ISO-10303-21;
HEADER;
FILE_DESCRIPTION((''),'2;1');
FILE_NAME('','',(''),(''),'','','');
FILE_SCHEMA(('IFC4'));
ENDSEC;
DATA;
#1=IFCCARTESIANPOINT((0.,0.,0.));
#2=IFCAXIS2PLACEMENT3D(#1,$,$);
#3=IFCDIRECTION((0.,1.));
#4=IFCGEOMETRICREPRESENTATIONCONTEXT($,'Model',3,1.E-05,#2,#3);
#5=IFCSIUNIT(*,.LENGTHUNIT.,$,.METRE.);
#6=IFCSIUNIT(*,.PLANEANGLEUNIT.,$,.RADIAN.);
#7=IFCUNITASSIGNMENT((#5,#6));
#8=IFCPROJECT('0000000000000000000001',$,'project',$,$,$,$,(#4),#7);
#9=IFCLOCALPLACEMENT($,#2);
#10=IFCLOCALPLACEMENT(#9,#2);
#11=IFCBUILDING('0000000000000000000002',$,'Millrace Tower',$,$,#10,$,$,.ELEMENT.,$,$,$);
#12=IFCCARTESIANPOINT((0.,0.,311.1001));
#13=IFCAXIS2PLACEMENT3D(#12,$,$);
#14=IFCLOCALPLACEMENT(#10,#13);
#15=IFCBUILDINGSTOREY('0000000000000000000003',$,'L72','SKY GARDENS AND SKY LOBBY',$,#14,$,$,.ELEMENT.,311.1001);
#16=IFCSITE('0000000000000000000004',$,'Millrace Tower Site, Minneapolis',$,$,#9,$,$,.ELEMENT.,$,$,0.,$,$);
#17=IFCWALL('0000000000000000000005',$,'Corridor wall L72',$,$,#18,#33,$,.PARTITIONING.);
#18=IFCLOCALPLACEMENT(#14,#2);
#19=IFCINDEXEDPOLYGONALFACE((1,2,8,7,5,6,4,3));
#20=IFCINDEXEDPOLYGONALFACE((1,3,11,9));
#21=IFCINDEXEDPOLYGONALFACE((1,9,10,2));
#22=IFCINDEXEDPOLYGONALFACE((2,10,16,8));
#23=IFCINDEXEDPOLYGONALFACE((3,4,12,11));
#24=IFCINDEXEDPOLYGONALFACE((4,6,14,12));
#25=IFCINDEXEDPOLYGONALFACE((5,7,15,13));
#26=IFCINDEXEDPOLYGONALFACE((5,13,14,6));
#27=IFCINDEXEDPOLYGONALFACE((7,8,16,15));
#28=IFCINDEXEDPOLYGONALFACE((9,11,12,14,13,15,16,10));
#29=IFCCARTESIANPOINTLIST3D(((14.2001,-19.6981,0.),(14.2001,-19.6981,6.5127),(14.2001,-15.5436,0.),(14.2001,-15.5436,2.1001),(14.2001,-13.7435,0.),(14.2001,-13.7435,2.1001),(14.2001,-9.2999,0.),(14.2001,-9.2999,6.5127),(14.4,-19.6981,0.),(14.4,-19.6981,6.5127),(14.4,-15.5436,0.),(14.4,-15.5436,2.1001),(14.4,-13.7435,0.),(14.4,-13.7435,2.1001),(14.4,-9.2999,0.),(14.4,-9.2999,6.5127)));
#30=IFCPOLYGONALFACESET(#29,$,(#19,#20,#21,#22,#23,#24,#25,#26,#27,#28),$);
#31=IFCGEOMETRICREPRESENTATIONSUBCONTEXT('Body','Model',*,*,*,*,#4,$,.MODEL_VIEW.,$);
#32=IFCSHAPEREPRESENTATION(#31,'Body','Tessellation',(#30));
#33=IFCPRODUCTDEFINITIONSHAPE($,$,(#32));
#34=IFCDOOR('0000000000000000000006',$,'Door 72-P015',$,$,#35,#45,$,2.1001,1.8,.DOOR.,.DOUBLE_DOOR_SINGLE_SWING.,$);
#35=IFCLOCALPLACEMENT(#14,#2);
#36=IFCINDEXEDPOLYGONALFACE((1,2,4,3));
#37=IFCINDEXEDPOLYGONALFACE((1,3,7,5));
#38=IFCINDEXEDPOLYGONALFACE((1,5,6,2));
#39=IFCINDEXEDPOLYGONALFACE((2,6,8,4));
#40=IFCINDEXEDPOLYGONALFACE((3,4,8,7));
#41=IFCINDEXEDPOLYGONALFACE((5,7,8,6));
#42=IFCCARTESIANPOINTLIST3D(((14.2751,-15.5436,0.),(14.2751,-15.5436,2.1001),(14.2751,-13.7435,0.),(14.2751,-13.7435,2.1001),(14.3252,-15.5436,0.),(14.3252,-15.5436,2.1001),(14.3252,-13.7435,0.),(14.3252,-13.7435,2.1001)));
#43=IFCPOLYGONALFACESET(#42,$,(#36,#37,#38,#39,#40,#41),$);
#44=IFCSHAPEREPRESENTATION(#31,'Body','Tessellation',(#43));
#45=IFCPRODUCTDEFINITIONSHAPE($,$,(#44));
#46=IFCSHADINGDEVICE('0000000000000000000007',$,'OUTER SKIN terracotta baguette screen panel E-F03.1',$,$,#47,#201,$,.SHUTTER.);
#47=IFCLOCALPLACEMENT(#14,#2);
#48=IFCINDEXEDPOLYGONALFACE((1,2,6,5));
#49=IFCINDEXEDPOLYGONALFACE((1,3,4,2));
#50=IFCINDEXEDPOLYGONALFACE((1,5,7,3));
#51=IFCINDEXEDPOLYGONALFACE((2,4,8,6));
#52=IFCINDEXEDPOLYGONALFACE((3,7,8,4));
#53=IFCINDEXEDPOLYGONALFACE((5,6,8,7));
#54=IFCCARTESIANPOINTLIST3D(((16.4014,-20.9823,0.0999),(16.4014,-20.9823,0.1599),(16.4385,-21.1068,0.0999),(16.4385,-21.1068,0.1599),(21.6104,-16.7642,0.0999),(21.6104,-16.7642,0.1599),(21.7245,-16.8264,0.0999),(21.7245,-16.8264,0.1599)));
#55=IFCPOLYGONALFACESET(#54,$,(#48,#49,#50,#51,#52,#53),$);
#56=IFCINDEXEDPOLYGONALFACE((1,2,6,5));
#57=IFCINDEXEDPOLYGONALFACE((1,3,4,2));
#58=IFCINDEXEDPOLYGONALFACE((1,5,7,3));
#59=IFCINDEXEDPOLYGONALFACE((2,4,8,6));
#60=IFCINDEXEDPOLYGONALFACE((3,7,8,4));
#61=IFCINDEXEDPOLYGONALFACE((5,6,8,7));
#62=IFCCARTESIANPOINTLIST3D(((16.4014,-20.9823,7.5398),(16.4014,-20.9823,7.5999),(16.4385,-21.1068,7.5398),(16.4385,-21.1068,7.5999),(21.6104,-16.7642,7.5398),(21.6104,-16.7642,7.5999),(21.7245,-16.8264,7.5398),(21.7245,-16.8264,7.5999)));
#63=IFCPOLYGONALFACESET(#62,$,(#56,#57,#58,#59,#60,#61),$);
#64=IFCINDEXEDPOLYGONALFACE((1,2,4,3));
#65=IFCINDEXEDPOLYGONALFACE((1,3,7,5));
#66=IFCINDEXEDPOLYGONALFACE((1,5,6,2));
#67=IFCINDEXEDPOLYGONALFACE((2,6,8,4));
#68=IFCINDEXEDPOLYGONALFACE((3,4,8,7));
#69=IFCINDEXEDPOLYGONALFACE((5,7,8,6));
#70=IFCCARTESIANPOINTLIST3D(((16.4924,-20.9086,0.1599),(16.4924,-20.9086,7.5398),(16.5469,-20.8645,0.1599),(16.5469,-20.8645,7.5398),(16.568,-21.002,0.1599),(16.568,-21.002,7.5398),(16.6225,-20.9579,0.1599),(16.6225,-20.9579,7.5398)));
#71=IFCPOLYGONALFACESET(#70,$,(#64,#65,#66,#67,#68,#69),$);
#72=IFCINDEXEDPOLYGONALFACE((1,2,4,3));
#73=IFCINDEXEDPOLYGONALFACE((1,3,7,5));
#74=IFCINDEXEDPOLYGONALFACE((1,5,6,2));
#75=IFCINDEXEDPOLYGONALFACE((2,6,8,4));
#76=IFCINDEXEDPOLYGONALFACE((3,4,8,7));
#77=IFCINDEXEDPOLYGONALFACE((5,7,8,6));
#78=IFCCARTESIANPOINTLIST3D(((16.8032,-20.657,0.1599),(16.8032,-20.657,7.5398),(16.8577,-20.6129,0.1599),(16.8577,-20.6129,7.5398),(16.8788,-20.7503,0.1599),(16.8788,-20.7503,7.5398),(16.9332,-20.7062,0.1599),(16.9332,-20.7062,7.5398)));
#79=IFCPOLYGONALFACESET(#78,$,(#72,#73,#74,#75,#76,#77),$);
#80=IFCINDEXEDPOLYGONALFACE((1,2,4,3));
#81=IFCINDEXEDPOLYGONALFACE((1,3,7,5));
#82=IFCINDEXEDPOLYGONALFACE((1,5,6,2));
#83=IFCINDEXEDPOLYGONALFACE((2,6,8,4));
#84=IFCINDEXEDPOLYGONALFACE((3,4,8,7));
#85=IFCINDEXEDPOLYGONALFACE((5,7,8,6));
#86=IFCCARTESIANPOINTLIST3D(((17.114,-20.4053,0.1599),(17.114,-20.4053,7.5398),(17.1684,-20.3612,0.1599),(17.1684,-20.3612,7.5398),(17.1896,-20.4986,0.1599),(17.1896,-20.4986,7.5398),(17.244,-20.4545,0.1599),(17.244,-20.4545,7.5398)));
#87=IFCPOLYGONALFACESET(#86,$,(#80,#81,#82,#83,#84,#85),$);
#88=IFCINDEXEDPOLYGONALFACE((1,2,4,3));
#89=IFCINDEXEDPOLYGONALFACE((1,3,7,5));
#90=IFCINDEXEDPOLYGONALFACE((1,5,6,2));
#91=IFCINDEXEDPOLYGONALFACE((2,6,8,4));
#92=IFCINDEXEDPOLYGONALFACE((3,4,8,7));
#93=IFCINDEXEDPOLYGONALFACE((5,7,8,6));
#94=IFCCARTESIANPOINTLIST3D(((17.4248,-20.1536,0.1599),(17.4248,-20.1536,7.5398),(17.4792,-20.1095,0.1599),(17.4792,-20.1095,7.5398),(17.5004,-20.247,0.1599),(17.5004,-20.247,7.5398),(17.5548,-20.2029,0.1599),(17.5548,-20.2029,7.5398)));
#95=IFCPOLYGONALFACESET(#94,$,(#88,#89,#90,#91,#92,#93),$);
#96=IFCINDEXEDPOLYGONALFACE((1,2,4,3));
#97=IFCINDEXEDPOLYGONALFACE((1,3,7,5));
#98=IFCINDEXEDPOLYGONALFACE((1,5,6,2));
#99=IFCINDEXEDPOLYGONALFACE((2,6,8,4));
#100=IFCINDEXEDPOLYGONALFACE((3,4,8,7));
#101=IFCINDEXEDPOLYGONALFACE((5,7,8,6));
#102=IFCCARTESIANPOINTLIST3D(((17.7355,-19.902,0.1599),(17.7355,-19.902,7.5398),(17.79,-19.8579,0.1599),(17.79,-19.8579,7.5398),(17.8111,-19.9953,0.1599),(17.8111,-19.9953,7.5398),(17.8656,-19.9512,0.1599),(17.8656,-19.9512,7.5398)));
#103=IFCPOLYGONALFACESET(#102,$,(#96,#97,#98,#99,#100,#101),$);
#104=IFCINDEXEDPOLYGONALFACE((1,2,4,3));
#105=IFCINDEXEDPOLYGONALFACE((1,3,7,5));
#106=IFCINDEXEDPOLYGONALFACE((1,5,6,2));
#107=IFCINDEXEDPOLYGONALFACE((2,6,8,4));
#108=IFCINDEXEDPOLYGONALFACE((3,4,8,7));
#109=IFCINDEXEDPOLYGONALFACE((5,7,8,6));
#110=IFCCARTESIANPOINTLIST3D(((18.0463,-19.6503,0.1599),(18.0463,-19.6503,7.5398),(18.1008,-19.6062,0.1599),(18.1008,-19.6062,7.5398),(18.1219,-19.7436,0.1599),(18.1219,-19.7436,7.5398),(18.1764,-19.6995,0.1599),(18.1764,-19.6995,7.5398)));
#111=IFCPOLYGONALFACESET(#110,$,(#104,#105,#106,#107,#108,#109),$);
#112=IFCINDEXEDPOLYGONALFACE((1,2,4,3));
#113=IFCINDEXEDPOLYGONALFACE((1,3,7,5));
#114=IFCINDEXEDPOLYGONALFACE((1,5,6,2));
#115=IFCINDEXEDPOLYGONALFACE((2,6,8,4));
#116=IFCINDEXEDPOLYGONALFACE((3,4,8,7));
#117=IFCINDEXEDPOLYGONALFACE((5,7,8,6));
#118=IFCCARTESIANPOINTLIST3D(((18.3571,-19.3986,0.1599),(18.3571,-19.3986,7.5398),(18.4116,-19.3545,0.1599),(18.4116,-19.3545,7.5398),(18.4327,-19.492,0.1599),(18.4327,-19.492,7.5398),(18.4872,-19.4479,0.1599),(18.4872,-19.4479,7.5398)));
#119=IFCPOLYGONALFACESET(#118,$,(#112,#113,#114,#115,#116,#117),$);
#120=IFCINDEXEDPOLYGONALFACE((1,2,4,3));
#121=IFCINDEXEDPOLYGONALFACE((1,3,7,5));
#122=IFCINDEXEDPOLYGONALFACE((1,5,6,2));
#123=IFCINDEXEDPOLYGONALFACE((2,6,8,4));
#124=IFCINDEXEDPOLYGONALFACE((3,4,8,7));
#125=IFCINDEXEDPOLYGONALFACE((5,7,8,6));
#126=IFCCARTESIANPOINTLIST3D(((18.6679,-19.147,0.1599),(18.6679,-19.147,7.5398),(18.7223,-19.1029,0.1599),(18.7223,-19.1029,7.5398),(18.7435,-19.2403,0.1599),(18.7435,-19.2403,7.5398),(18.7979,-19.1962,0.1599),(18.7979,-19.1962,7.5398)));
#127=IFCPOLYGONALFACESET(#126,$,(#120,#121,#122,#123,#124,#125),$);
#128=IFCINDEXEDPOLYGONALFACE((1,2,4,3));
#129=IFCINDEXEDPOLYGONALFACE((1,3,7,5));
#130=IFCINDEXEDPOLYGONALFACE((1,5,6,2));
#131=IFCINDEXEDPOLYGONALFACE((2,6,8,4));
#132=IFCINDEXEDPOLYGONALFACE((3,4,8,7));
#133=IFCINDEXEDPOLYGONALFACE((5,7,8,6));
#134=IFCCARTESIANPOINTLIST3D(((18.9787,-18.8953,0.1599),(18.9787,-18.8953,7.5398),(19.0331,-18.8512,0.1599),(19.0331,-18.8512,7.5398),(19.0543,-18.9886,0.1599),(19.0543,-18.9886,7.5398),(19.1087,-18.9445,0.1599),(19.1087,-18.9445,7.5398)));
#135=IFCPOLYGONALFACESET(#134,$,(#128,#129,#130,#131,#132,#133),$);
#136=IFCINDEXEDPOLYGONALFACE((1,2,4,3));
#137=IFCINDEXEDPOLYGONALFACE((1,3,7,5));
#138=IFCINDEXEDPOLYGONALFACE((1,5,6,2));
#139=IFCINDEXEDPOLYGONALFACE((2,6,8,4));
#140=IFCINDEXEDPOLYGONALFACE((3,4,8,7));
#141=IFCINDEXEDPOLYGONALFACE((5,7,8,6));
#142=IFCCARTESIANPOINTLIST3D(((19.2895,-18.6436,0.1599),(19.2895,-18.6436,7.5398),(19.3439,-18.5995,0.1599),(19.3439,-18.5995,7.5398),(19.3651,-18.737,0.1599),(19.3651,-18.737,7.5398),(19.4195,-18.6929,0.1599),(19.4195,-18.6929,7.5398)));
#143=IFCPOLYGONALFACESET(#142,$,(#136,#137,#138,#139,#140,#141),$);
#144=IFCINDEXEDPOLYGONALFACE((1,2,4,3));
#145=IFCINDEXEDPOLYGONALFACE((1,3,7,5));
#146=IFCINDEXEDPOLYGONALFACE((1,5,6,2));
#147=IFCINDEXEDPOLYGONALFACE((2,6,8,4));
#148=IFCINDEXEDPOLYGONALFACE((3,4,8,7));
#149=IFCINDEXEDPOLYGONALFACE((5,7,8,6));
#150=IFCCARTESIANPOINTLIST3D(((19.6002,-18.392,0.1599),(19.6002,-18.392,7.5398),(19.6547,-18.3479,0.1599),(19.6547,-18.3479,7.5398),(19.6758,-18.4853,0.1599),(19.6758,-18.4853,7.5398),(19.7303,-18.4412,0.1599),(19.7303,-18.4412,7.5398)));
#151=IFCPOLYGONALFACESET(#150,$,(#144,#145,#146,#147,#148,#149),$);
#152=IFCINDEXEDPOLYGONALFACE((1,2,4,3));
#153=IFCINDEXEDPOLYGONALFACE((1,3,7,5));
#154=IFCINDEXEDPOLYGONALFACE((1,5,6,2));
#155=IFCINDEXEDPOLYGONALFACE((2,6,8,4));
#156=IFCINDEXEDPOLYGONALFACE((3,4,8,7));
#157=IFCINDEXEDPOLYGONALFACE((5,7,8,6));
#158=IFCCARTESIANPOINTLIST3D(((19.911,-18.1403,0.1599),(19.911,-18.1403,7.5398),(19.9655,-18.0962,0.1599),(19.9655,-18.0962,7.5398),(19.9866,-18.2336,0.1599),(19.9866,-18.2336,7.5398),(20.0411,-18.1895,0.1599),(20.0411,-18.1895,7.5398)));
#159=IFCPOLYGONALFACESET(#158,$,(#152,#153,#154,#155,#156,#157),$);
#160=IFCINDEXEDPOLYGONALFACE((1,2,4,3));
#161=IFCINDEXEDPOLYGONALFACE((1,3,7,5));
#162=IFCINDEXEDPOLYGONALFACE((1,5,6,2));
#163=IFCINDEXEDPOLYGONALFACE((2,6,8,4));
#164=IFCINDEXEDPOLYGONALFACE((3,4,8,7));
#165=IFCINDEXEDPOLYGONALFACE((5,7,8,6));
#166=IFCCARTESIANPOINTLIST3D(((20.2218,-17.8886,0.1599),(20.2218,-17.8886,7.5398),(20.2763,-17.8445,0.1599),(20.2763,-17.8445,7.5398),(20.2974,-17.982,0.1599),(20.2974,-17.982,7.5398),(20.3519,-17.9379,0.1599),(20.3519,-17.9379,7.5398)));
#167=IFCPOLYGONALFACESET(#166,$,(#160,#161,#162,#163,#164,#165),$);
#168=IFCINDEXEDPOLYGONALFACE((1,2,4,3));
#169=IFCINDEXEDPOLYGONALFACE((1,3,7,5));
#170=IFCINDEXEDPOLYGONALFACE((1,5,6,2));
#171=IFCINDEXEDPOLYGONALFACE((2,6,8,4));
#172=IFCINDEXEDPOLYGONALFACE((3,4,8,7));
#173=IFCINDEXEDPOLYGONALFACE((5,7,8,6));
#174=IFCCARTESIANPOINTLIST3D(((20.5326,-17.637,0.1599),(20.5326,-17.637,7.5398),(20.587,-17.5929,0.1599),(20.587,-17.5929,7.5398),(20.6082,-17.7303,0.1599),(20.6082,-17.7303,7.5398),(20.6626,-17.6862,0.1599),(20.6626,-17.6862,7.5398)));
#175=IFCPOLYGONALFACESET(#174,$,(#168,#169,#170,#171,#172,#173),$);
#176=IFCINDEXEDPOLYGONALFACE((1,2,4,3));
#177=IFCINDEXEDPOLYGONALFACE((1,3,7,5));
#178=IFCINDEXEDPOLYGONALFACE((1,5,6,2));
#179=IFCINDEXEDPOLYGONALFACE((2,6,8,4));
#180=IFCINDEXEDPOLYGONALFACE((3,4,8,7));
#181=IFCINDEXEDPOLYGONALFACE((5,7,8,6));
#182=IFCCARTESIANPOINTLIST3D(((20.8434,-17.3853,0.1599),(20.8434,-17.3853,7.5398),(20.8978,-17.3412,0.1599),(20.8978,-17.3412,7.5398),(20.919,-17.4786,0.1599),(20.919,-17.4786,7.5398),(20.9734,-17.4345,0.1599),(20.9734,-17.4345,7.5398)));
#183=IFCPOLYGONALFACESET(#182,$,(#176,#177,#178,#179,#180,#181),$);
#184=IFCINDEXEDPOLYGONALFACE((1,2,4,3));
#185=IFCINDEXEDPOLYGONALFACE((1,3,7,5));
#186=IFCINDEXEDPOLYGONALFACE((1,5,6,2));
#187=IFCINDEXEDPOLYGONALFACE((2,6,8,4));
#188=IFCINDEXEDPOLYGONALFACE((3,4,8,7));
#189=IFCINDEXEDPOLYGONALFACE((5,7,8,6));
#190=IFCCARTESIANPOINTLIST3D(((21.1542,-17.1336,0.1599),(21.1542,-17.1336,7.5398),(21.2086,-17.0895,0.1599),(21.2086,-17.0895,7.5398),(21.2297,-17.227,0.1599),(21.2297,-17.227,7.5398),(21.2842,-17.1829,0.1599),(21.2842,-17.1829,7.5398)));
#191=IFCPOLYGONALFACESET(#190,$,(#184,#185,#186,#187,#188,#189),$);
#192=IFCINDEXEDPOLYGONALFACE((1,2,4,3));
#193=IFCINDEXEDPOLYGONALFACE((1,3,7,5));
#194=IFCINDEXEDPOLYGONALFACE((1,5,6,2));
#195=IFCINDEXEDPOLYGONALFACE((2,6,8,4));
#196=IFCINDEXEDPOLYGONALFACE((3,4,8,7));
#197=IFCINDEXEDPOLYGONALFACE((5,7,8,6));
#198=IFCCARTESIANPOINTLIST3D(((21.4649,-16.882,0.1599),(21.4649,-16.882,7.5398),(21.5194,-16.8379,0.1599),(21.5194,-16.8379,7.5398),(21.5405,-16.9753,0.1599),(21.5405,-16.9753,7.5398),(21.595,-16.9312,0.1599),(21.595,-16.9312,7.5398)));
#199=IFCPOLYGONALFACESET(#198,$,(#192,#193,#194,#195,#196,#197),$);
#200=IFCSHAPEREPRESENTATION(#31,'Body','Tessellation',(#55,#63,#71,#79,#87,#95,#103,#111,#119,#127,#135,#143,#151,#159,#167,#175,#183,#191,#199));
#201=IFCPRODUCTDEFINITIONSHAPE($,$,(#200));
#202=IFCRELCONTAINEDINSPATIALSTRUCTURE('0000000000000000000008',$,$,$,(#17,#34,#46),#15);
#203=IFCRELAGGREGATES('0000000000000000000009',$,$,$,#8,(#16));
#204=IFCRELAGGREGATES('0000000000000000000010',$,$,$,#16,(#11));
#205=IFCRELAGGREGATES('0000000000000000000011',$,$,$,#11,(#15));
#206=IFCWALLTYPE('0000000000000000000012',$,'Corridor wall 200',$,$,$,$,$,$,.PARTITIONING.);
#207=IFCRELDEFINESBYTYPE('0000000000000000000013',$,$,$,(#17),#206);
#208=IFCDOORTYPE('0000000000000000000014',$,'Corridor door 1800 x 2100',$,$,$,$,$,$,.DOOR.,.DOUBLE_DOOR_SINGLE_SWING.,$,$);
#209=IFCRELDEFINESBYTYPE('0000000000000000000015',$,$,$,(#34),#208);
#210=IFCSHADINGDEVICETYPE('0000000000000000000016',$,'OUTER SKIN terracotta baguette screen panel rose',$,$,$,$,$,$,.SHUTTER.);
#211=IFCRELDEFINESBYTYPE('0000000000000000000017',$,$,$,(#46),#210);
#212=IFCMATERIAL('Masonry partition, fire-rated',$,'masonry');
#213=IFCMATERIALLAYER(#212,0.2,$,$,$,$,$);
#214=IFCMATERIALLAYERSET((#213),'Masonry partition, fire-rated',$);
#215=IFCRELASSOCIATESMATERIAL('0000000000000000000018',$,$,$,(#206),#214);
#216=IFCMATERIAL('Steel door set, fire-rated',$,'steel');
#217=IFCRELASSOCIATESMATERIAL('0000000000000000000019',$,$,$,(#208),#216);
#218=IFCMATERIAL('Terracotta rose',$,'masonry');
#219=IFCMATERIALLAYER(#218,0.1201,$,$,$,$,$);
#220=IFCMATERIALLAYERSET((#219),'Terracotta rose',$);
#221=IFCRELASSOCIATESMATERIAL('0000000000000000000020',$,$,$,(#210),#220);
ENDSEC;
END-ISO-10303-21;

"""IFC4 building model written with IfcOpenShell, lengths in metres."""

from ifc_helpers import new_model, entity, si_unit, direction, frame, frame_2d, origin, origin_2d, place, context, subcontext, project, spatial, rectangle, extrude, source, transform, mapped, material, layer, layer_set, type_object, element, fill, save


model = new_model("IFC4")

# Units and contexts
model_context = context("Model", 3, precision=1e-05, world=origin(), true_north=direction((0.0, 1.0)))
body_context = subcontext(model_context, "Body", "Model", "MODEL_VIEW")
ifc_project = project(units=[si_unit("LENGTHUNIT", "METRE"), si_unit("PLANEANGLEUNIT", "RADIAN")], contexts=[model_context])

# Site, building, storey
site_placement = place(None, origin())
site = spatial("IfcSite", under=ifc_project, at=site_placement, Name="Millrace Tower Site, Minneapolis", CompositionType="ELEMENT", RefElevation=0.0)
building_placement = place(site_placement, origin())
building = spatial("IfcBuilding", under=site, at=building_placement, Name="Millrace Tower", CompositionType="ELEMENT")
storey_placement = place(building_placement, frame((0.0, 0.0, 311.1001)))
storey = spatial("IfcBuildingStorey", under=building, at=storey_placement, Name="L72", Description="SKY GARDENS AND SKY LOBBY", CompositionType="ELEMENT", Elevation=311.1001)

# Shared definitions
ifc_material_1 = material(Name="Masonry partition, fire-rated", Category="masonry")
ifc_layer_1 = layer(ifc_material_1, 0.2)
ifc_layer_set_1 = layer_set([ifc_layer_1], Name="Masonry partition, fire-rated")
wall_type = type_object("IfcWallType", Name="Corridor wall 200", PredefinedType="PARTITIONING", material=ifc_layer_set_1)
ifc_material_2 = material(Name="Steel door set, fire-rated", Category="steel")
door_type = type_object("IfcDoorType", Name="Corridor door 1800 x 2100", OperationType="DOUBLE_DOOR_SINGLE_SWING", PredefinedType="DOOR", material=ifc_material_2)

# Wall, opening, door
wall_1_placement = place(storey_placement, frame((14.3, -19.6982, 0.0), z_axis=(0.0, 0.0, 1.0), x_axis=(0.0, 1.0, 0.0)))
wall_1 = element("IfcWall", 1, at=wall_1_placement, inside=storey, type_object=wall_type, Name="Corridor wall L72", PredefinedType="PARTITIONING", context=body_context, shape_type="SweptSolid", body=[
    extrude(rectangle(XDim=10.3982, YDim=0.2, at=frame_2d((5.1992, 0.0))), origin(), (0.0, 0.0, 1.0), 6.5127),
])
opening_1_placement = place(wall_1_placement, frame((4.1548, 0.0, 0.0)))
opening_1 = element("IfcOpeningElement", 2, at=opening_1_placement, cuts=wall_1, PredefinedType="OPENING", context=body_context, shape_type="SweptSolid", body=[
    extrude(rectangle(XDim=1.8, YDim=2.1001, at=frame_2d((0.8999, 1.05))), frame((0.0, 0.1099, 0.0), z_axis=(0.0, -1.0, 0.0), x_axis=(1.0, 0.0, 0.0)), (0.0, 0.0, 1.0), 0.22),
])
door_1_placement = place(opening_1_placement, origin())
door_1 = element("IfcDoor", 3, at=door_1_placement, inside=storey, type_object=door_type, Name="Door 72-P015", OperationType="DOUBLE_DOOR_SINGLE_SWING", OverallHeight=2.1001, OverallWidth=1.8, PredefinedType="DOOR", context=body_context, shape_type="SweptSolid", body=[
    extrude(rectangle(XDim=1.8, YDim=2.1001, at=frame_2d((0.8999, 1.05))), frame((0.0, 0.0249, 0.0), z_axis=(0.0, -1.0, 0.0), x_axis=(1.0, 0.0, 0.0)), (0.0, 0.0, 1.0), 0.05),
])
fill(opening_1, door_1)

# Shading device
ifc_material_3 = material(Name="Terracotta rose", Category="masonry")
ifc_layer_2 = layer(ifc_material_3, 0.1201)
ifc_layer_set_2 = layer_set([ifc_layer_2], Name="Terracotta rose")
shading_device_type = type_object("IfcShadingDeviceType", Name="OUTER SKIN terracotta baguette screen panel rose", PredefinedType="SHUTTER", material=ifc_layer_set_2)
cartesian_point_1 = entity("IfcCartesianPoint", [-3.3513, 0.0601])
shared_polyline_1 = entity("IfcPolyline", [cartesian_point_1, entity("IfcCartesianPoint", [3.3513, 0.0601]), entity("IfcCartesianPoint", [3.4009, -0.0601]), entity("IfcCartesianPoint", [-3.4009, -0.0601]), cartesian_point_1])
shared_shape_1 = source(origin(), body_context, "Body", "SweptSolid", [
    entity("IfcExtrudedAreaSolid", entity("IfcArbitraryClosedProfileDef", "AREA", None, shared_polyline_1), entity("IfcAxis2Placement3D", entity("IfcCartesianPoint", [0.0, 0.0, 0.0])), entity("IfcDirection", [0.0, 0.0, 1.0]), 0.0601),
    entity("IfcExtrudedAreaSolid", entity("IfcArbitraryClosedProfileDef", "AREA", None, shared_polyline_1), entity("IfcAxis2Placement3D", entity("IfcCartesianPoint", [0.0, 0.0, 7.4399])), entity("IfcDirection", [0.0, 0.0, 1.0]), 0.0601),
    extrude(rectangle(XDim=0.0701, YDim=0.1201, at=frame_2d((-3.1992, 0.0))), frame((0.0, 0.0, 0.0601)), (0.0, 0.0, 1.0), 7.3799),
    extrude(rectangle(XDim=0.0701, YDim=0.1201, at=frame_2d((-2.7993, 0.0))), frame((0.0, 0.0, 0.0601)), (0.0, 0.0, 1.0), 7.3799),
    extrude(rectangle(XDim=0.0701, YDim=0.1201, at=frame_2d((-2.3994, 0.0))), frame((0.0, 0.0, 0.0601)), (0.0, 0.0, 1.0), 7.3799),
    extrude(rectangle(XDim=0.0701, YDim=0.1201, at=frame_2d((-1.9995, 0.0))), frame((0.0, 0.0, 0.0601)), (0.0, 0.0, 1.0), 7.3799),
    extrude(rectangle(XDim=0.0701, YDim=0.1201, at=frame_2d((-1.5996, 0.0))), frame((0.0, 0.0, 0.0601)), (0.0, 0.0, 1.0), 7.3799),
    extrude(rectangle(XDim=0.0701, YDim=0.1201, at=frame_2d((-1.1997, 0.0))), frame((0.0, 0.0, 0.0601)), (0.0, 0.0, 1.0), 7.3799),
    extrude(rectangle(XDim=0.0701, YDim=0.1201, at=frame_2d((-0.7998, 0.0))), frame((0.0, 0.0, 0.0601)), (0.0, 0.0, 1.0), 7.3799),
    extrude(rectangle(XDim=0.0701, YDim=0.1201, at=frame_2d((-0.3999, 0.0))), frame((0.0, 0.0, 0.0601)), (0.0, 0.0, 1.0), 7.3799),
    extrude(rectangle(XDim=0.0701, YDim=0.1201, at=origin_2d()), frame((0.0, 0.0, 0.0601)), (0.0, 0.0, 1.0), 7.3799),
    extrude(rectangle(XDim=0.0701, YDim=0.1201, at=frame_2d((0.3999, 0.0))), frame((0.0, 0.0, 0.0601)), (0.0, 0.0, 1.0), 7.3799),
    extrude(rectangle(XDim=0.0701, YDim=0.1201, at=frame_2d((0.7998, 0.0))), frame((0.0, 0.0, 0.0601)), (0.0, 0.0, 1.0), 7.3799),
    extrude(rectangle(XDim=0.0701, YDim=0.1201, at=frame_2d((1.1997, 0.0))), frame((0.0, 0.0, 0.0601)), (0.0, 0.0, 1.0), 7.3799),
    extrude(rectangle(XDim=0.0701, YDim=0.1201, at=frame_2d((1.5996, 0.0))), frame((0.0, 0.0, 0.0601)), (0.0, 0.0, 1.0), 7.3799),
    extrude(rectangle(XDim=0.0701, YDim=0.1201, at=frame_2d((1.9995, 0.0))), frame((0.0, 0.0, 0.0601)), (0.0, 0.0, 1.0), 7.3799),
    extrude(rectangle(XDim=0.0701, YDim=0.1201, at=frame_2d((2.3994, 0.0))), frame((0.0, 0.0, 0.0601)), (0.0, 0.0, 1.0), 7.3799),
    extrude(rectangle(XDim=0.0701, YDim=0.1201, at=frame_2d((2.7993, 0.0))), frame((0.0, 0.0, 0.0601)), (0.0, 0.0, 1.0), 7.3799),
    extrude(rectangle(XDim=0.0701, YDim=0.1201, at=frame_2d((3.1992, 0.0))), frame((0.0, 0.0, 0.0601)), (0.0, 0.0, 1.0), 7.3799),
])
shading_device_1_placement = place(storey_placement, frame((19.0437, -18.9199, 0.0999), z_axis=(0.0, 0.0, 1.0), x_axis=(0.777146, 0.62932, 0.0)))
element("IfcShadingDevice", 4, at=shading_device_1_placement, inside=storey, type_object=shading_device_type, Name="OUTER SKIN terracotta baguette screen panel E-F03.1", PredefinedType="SHUTTER", context=body_context, shape_type="MappedRepresentation", body=[
    mapped(shared_shape_1, transform((0.0, 0.0, 0.0), scale=1.0)),
])

save(model, "model.ifc")
